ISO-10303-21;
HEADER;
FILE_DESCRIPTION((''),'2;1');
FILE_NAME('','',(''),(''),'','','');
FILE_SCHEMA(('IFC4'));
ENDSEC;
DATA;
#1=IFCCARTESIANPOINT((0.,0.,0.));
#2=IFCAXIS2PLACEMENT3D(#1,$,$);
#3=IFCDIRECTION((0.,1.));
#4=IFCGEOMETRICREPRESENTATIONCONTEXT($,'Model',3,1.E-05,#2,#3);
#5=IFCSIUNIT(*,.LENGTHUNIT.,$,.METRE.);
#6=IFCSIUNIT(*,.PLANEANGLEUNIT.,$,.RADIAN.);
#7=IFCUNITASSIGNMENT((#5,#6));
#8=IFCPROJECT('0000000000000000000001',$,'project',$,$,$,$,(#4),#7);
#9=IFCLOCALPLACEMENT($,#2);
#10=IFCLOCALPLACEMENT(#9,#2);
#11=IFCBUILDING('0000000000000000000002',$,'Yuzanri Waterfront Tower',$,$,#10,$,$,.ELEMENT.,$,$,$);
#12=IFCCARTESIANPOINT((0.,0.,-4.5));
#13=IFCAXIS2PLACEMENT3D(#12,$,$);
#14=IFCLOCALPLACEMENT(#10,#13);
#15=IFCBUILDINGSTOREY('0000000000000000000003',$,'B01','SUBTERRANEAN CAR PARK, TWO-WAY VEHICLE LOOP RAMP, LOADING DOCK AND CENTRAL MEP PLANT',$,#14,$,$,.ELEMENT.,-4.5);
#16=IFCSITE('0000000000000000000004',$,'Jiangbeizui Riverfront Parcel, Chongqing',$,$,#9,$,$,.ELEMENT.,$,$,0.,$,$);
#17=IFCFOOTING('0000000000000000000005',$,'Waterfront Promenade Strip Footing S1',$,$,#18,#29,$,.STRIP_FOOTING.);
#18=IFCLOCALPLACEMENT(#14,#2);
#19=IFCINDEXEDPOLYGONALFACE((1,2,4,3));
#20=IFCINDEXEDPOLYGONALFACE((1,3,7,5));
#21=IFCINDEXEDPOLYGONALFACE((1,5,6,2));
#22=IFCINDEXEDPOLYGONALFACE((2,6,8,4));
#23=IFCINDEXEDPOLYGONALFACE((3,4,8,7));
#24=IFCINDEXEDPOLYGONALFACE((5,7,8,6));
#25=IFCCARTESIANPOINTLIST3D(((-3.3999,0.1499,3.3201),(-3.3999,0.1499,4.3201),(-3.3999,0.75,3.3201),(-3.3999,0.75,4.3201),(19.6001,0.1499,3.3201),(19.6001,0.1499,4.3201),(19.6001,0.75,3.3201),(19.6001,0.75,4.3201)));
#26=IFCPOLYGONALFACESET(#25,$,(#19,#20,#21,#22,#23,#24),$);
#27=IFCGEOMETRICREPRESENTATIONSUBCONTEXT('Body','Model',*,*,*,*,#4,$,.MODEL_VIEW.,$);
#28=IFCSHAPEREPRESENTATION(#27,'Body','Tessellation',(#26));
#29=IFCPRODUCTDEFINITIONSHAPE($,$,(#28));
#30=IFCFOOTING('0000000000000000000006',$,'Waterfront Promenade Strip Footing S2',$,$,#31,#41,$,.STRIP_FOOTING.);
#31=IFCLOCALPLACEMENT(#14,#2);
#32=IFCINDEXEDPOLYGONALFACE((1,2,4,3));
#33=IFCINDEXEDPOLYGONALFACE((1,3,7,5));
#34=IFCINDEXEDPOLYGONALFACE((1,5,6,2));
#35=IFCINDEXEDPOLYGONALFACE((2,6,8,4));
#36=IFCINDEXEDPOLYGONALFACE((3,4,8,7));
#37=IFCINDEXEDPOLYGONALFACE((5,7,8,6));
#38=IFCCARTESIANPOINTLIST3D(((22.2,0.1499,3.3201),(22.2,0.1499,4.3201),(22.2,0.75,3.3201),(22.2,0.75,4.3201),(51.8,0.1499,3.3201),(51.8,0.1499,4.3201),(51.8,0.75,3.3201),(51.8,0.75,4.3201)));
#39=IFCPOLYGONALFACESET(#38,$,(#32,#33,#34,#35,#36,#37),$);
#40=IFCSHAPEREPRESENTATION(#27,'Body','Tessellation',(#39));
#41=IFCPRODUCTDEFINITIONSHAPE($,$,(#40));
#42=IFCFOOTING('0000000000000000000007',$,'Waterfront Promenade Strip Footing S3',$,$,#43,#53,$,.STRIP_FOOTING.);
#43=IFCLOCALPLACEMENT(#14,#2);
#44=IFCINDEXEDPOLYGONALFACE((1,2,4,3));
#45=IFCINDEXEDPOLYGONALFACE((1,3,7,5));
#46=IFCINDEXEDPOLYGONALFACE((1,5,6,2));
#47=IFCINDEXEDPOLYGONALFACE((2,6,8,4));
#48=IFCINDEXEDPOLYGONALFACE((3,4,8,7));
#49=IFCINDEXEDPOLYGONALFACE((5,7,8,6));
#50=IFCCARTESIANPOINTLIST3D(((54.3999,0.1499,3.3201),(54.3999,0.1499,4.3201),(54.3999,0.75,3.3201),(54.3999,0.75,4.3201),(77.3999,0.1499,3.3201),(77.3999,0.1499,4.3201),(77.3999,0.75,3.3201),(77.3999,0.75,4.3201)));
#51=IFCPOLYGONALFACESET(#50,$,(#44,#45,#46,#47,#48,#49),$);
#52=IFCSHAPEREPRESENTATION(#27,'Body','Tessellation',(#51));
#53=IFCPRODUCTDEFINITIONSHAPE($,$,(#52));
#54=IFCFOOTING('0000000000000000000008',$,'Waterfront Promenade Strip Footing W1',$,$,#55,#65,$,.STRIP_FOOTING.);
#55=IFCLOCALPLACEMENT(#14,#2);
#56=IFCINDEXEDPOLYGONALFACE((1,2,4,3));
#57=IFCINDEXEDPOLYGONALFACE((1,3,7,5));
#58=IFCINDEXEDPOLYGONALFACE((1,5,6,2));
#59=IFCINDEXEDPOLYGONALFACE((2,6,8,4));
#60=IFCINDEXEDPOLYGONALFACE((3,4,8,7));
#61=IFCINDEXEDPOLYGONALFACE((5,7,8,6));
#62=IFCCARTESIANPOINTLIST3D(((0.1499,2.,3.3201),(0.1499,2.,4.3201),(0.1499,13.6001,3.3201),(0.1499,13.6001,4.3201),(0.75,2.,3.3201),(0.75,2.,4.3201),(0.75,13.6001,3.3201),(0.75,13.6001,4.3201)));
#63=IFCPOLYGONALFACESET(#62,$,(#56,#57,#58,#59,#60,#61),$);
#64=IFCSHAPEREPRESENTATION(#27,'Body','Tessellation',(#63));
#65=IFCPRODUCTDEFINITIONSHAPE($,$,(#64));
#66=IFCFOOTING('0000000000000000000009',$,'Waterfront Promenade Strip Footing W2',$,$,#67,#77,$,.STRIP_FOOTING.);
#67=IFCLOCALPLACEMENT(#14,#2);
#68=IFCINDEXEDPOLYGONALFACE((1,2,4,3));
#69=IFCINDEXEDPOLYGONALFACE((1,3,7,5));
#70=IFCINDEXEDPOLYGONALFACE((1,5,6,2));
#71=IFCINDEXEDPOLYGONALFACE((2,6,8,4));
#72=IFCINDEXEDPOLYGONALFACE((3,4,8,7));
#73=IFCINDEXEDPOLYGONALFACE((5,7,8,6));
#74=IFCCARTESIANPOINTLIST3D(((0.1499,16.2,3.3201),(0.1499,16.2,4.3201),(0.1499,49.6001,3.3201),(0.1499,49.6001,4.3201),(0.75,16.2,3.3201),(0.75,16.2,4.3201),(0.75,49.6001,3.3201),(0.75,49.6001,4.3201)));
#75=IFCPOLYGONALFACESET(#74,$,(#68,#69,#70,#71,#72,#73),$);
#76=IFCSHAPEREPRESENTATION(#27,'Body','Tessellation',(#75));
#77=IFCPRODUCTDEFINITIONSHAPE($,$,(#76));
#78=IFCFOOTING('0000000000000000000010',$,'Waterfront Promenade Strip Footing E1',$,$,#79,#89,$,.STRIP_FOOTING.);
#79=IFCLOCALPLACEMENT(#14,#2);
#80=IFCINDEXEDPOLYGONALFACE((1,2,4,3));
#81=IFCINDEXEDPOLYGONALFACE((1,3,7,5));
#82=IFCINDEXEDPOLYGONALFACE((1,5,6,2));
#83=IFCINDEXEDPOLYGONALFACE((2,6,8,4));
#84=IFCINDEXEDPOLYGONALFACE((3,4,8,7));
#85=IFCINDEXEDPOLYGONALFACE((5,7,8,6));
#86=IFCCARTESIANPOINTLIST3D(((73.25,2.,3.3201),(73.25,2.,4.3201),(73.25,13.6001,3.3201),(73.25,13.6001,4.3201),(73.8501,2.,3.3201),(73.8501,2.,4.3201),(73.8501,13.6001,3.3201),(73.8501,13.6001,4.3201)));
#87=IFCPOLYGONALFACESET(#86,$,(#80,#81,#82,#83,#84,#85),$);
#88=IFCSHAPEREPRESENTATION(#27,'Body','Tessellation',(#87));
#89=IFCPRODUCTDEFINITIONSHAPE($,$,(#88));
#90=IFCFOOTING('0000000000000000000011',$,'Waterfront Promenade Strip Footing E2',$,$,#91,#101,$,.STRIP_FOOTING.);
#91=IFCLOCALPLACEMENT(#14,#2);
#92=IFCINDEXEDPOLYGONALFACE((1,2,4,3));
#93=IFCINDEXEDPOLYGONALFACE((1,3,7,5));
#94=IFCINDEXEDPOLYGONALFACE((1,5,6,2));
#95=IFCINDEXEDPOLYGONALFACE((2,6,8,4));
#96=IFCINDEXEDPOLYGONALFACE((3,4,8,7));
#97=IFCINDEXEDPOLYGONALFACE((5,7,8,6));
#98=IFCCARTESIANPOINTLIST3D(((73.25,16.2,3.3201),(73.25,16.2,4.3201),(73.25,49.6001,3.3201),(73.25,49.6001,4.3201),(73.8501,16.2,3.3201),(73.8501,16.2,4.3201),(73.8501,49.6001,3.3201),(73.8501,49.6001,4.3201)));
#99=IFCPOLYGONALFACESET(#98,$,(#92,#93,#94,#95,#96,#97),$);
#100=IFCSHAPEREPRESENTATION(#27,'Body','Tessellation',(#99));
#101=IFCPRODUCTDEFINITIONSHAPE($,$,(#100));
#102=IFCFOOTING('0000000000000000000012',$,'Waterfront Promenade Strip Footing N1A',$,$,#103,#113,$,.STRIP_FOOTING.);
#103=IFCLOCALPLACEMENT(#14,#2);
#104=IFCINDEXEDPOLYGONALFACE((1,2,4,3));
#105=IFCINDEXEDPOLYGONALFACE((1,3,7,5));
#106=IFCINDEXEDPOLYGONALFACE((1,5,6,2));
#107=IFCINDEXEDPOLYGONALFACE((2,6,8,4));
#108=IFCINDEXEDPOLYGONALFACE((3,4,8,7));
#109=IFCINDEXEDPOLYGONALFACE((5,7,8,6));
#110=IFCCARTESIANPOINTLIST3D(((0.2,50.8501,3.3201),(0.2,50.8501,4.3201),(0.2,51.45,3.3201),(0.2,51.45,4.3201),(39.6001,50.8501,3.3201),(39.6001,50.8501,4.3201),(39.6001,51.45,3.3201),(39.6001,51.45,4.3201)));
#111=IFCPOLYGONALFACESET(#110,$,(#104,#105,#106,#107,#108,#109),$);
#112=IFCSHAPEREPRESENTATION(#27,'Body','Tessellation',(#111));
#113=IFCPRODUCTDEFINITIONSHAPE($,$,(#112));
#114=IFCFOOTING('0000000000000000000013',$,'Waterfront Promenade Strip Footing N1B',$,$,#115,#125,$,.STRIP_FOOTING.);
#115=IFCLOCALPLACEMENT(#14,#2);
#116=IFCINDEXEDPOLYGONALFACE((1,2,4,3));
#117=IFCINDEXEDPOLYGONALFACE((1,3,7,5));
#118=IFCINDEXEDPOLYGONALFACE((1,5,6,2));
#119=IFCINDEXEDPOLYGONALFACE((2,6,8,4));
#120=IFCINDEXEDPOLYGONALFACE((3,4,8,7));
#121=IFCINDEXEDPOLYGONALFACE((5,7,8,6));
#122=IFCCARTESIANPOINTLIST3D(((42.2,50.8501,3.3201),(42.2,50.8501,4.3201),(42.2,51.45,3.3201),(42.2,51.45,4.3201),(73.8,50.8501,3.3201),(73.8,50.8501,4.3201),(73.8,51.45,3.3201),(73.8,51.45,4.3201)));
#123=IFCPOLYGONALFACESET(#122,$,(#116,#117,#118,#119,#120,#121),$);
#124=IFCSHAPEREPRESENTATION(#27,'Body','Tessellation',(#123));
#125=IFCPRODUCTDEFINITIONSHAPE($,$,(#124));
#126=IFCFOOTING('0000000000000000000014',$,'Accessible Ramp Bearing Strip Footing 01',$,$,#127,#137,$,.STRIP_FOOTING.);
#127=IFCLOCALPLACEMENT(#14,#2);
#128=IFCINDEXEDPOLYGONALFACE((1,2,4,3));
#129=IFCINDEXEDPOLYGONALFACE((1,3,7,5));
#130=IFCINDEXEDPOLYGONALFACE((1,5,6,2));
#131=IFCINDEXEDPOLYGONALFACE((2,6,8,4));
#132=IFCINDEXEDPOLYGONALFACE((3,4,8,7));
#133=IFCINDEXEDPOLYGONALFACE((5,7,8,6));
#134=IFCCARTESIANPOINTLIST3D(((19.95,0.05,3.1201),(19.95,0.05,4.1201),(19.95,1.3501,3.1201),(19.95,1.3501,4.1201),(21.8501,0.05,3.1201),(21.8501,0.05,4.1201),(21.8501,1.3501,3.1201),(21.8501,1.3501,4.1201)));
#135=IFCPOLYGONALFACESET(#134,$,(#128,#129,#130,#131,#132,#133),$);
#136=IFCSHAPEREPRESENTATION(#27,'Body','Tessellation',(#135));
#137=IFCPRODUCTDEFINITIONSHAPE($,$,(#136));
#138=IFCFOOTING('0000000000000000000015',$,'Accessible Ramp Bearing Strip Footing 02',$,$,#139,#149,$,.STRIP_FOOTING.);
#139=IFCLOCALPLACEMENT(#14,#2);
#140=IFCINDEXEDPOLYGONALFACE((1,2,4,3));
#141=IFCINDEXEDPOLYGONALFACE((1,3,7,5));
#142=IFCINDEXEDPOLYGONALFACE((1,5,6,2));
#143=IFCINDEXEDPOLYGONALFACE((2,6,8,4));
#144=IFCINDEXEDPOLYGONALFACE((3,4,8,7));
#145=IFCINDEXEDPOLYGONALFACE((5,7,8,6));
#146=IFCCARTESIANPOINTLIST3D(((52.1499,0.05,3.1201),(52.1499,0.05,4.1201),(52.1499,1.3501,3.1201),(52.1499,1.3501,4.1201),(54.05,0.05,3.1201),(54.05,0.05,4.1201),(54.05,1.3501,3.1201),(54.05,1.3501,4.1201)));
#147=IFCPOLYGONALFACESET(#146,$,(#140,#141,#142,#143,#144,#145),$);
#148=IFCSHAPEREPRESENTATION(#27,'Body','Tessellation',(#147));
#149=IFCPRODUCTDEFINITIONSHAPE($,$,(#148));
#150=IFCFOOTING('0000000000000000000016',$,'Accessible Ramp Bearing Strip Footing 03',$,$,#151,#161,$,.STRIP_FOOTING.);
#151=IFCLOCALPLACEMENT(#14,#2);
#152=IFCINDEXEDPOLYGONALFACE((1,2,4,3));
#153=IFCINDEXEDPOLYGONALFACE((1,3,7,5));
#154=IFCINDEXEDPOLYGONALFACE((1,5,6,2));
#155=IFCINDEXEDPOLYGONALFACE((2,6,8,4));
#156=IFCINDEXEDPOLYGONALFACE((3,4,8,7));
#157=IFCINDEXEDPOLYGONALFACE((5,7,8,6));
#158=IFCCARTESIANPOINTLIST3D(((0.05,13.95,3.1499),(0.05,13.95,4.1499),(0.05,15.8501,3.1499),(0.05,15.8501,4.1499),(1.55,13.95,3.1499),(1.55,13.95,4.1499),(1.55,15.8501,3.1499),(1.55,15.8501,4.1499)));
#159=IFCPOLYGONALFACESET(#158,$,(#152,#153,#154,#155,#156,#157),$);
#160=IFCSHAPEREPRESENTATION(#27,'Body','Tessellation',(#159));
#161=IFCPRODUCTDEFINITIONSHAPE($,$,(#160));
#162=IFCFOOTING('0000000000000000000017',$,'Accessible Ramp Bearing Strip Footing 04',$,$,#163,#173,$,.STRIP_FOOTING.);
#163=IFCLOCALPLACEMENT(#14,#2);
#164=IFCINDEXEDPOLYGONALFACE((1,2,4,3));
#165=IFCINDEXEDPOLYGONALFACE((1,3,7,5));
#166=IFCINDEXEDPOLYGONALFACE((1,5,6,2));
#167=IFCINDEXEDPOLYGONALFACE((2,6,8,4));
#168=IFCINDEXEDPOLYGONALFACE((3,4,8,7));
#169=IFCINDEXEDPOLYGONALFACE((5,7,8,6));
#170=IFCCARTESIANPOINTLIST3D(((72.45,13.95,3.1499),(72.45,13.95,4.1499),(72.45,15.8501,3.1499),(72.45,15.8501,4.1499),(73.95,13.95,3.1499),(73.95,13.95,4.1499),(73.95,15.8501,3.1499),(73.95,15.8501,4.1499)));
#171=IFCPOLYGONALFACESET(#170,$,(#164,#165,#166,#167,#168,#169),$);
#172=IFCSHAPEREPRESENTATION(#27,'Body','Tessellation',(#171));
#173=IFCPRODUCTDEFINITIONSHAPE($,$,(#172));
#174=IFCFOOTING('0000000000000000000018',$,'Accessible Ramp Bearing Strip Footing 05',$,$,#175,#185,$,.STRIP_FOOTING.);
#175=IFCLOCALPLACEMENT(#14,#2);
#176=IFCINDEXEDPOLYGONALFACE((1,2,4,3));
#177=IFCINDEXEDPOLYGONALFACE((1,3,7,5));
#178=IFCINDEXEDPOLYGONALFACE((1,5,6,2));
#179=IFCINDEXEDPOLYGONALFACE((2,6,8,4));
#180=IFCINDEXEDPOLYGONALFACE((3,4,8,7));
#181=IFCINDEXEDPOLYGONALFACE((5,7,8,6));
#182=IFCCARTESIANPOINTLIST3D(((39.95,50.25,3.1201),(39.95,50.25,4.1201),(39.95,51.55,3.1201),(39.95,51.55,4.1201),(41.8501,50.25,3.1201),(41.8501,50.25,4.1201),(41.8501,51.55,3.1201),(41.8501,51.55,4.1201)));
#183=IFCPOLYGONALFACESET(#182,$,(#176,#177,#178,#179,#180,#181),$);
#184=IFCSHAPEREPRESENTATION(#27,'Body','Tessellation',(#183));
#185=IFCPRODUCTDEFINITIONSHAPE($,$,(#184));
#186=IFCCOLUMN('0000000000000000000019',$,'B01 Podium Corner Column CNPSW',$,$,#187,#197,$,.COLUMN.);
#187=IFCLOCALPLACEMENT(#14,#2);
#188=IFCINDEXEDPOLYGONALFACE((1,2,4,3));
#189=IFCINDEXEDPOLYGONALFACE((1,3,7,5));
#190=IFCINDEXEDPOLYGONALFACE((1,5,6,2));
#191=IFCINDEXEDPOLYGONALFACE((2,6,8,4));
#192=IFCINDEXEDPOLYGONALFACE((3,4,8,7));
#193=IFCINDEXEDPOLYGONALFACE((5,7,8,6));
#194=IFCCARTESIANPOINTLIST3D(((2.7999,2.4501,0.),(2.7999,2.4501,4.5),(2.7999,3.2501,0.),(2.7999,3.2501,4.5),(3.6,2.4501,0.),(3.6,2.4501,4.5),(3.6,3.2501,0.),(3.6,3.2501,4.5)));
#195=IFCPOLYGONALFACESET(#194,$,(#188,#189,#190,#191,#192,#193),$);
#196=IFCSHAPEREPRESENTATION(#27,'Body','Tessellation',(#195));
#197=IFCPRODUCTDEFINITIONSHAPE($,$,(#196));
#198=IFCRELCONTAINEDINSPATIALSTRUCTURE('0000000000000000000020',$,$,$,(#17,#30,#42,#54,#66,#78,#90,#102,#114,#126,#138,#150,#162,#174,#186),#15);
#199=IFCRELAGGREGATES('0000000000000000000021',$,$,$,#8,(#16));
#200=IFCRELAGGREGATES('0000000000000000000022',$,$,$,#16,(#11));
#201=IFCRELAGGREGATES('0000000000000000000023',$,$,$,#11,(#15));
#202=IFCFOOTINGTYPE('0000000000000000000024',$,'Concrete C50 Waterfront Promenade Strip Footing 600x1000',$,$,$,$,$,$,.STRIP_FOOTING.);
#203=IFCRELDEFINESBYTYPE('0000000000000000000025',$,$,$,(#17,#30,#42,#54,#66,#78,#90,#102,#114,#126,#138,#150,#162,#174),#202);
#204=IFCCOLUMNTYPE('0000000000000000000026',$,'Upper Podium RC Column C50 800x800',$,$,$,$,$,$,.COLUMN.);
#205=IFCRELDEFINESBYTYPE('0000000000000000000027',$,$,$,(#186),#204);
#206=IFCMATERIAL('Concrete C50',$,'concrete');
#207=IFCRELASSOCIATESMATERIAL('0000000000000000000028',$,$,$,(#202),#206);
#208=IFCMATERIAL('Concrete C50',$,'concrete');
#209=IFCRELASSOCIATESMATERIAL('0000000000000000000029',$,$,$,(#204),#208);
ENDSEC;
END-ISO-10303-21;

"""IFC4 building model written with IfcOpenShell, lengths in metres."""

from ifc_helpers import new_model, si_unit, direction, frame, origin, origin_2d, place, context, subcontext, project, spatial, polyline, rectangle, outline, extrude, source, transform, mapped, material, material_profile, profile_set, type_object, element, save


model = new_model("IFC4")

# Units and contexts
model_context = context("Model", 3, precision=1e-05, world=origin(), true_north=direction((0.0, 1.0)))
body_context = subcontext(model_context, "Body", "Model", "MODEL_VIEW")
ifc_project = project(units=[si_unit("LENGTHUNIT", "METRE"), si_unit("PLANEANGLEUNIT", "RADIAN")], contexts=[model_context])

# Site, building, storey
site_placement = place(None, origin())
site = spatial("IfcSite", under=ifc_project, at=site_placement, Name="Jiangbeizui Riverfront Parcel, Chongqing", CompositionType="ELEMENT", RefElevation=0.0)
building_placement = place(site_placement, origin())
building = spatial("IfcBuilding", under=site, at=building_placement, Name="Yuzanri Waterfront Tower", CompositionType="ELEMENT")
storey_placement = place(building_placement, frame((0.0, 0.0, -4.5)))
storey = spatial("IfcBuildingStorey", under=building, at=storey_placement, Name="B01", Description="SUBTERRANEAN CAR PARK, TWO-WAY VEHICLE LOOP RAMP, LOADING DOCK AND CENTRAL MEP PLANT", CompositionType="ELEMENT", Elevation=-4.5)

# Footings
ifc_material_1 = material(Name="Concrete C50", Category="concrete")
footing_type = type_object("IfcFootingType", Name="Concrete C50 Waterfront Promenade Strip Footing 600x1000", PredefinedType="STRIP_FOOTING", material=ifc_material_1)
footing_1_placement = place(storey_placement, frame((0.0, 0.0, 3.3201)))
element("IfcFooting", 1, at=footing_1_placement, inside=storey, type_object=footing_type, Name="Waterfront Promenade Strip Footing S1", PredefinedType="STRIP_FOOTING", context=body_context, shape_type="SweptSolid", body=[
    extrude(outline(polyline([(-3.3999, 0.1499), (19.6001, 0.1499), (19.6001, 0.75), (-3.3999, 0.75), (-3.3999, 0.1499)])), origin(), (0.0, 0.0, 1.0), 1.0),
])
footing_2_placement = place(storey_placement, frame((0.0, 0.0, 3.3201)))
element("IfcFooting", 2, at=footing_2_placement, inside=storey, type_object=footing_type, Name="Waterfront Promenade Strip Footing S2", PredefinedType="STRIP_FOOTING", context=body_context, shape_type="SweptSolid", body=[
    extrude(outline(polyline([(22.2, 0.1499), (51.8, 0.1499), (51.8, 0.75), (22.2, 0.75), (22.2, 0.1499)])), origin(), (0.0, 0.0, 1.0), 1.0),
])
footing_3_placement = place(storey_placement, frame((0.0, 0.0, 3.3201)))
element("IfcFooting", 3, at=footing_3_placement, inside=storey, type_object=footing_type, Name="Waterfront Promenade Strip Footing S3", PredefinedType="STRIP_FOOTING", context=body_context, shape_type="SweptSolid", body=[
    extrude(outline(polyline([(54.3999, 0.1499), (77.3999, 0.1499), (77.3999, 0.75), (54.3999, 0.75), (54.3999, 0.1499)])), origin(), (0.0, 0.0, 1.0), 1.0),
])
footing_4_placement = place(storey_placement, frame((0.0, 0.0, 3.3201)))
element("IfcFooting", 4, at=footing_4_placement, inside=storey, type_object=footing_type, Name="Waterfront Promenade Strip Footing W1", PredefinedType="STRIP_FOOTING", context=body_context, shape_type="SweptSolid", body=[
    extrude(outline(polyline([(0.1499, 2.0), (0.75, 2.0), (0.75, 13.6001), (0.1499, 13.6001), (0.1499, 2.0)])), origin(), (0.0, 0.0, 1.0), 1.0),
])
footing_5_placement = place(storey_placement, frame((0.0, 0.0, 3.3201)))
element("IfcFooting", 5, at=footing_5_placement, inside=storey, type_object=footing_type, Name="Waterfront Promenade Strip Footing W2", PredefinedType="STRIP_FOOTING", context=body_context, shape_type="SweptSolid", body=[
    extrude(outline(polyline([(0.1499, 16.2), (0.75, 16.2), (0.75, 49.6001), (0.1499, 49.6001), (0.1499, 16.2)])), origin(), (0.0, 0.0, 1.0), 1.0),
])
footing_6_placement = place(storey_placement, frame((0.0, 0.0, 3.3201)))
element("IfcFooting", 6, at=footing_6_placement, inside=storey, type_object=footing_type, Name="Waterfront Promenade Strip Footing E1", PredefinedType="STRIP_FOOTING", context=body_context, shape_type="SweptSolid", body=[
    extrude(outline(polyline([(73.25, 2.0), (73.8501, 2.0), (73.8501, 13.6001), (73.25, 13.6001), (73.25, 2.0)])), origin(), (0.0, 0.0, 1.0), 1.0),
])
footing_7_placement = place(storey_placement, frame((0.0, 0.0, 3.3201)))
element("IfcFooting", 7, at=footing_7_placement, inside=storey, type_object=footing_type, Name="Waterfront Promenade Strip Footing E2", PredefinedType="STRIP_FOOTING", context=body_context, shape_type="SweptSolid", body=[
    extrude(outline(polyline([(73.25, 16.2), (73.8501, 16.2), (73.8501, 49.6001), (73.25, 49.6001), (73.25, 16.2)])), origin(), (0.0, 0.0, 1.0), 1.0),
])
footing_8_placement = place(storey_placement, frame((0.0, 0.0, 3.3201)))
element("IfcFooting", 8, at=footing_8_placement, inside=storey, type_object=footing_type, Name="Waterfront Promenade Strip Footing N1A", PredefinedType="STRIP_FOOTING", context=body_context, shape_type="SweptSolid", body=[
    extrude(outline(polyline([(0.2, 50.8501), (39.6001, 50.8501), (39.6001, 51.45), (0.2, 51.45), (0.2, 50.8501)])), origin(), (0.0, 0.0, 1.0), 1.0),
])
footing_9_placement = place(storey_placement, frame((0.0, 0.0, 3.3201)))
element("IfcFooting", 9, at=footing_9_placement, inside=storey, type_object=footing_type, Name="Waterfront Promenade Strip Footing N1B", PredefinedType="STRIP_FOOTING", context=body_context, shape_type="SweptSolid", body=[
    extrude(outline(polyline([(42.2, 50.8501), (73.8, 50.8501), (73.8, 51.45), (42.2, 51.45), (42.2, 50.8501)])), origin(), (0.0, 0.0, 1.0), 1.0),
])
footing_10_placement = place(storey_placement, frame((0.0, 0.0, 3.1201)))
element("IfcFooting", 10, at=footing_10_placement, inside=storey, type_object=footing_type, Name="Accessible Ramp Bearing Strip Footing 01", PredefinedType="STRIP_FOOTING", context=body_context, shape_type="SweptSolid", body=[
    extrude(outline(polyline([(19.95, 0.05), (21.8501, 0.05), (21.8501, 1.3501), (19.95, 1.3501), (19.95, 0.05)])), origin(), (0.0, 0.0, 1.0), 1.0),
])
footing_11_placement = place(storey_placement, frame((0.0, 0.0, 3.1201)))
element("IfcFooting", 11, at=footing_11_placement, inside=storey, type_object=footing_type, Name="Accessible Ramp Bearing Strip Footing 02", PredefinedType="STRIP_FOOTING", context=body_context, shape_type="SweptSolid", body=[
    extrude(outline(polyline([(52.1499, 0.05), (54.05, 0.05), (54.05, 1.3501), (52.1499, 1.3501), (52.1499, 0.05)])), origin(), (0.0, 0.0, 1.0), 1.0),
])
footing_12_placement = place(storey_placement, frame((0.0, 0.0, 3.1499)))
element("IfcFooting", 12, at=footing_12_placement, inside=storey, type_object=footing_type, Name="Accessible Ramp Bearing Strip Footing 03", PredefinedType="STRIP_FOOTING", context=body_context, shape_type="SweptSolid", body=[
    extrude(outline(polyline([(0.05, 13.95), (1.55, 13.95), (1.55, 15.8501), (0.05, 15.8501), (0.05, 13.95)])), origin(), (0.0, 0.0, 1.0), 1.0),
])
footing_13_placement = place(storey_placement, frame((0.0, 0.0, 3.1499)))
element("IfcFooting", 13, at=footing_13_placement, inside=storey, type_object=footing_type, Name="Accessible Ramp Bearing Strip Footing 04", PredefinedType="STRIP_FOOTING", context=body_context, shape_type="SweptSolid", body=[
    extrude(outline(polyline([(72.45, 13.95), (73.95, 13.95), (73.95, 15.8501), (72.45, 15.8501), (72.45, 13.95)])), origin(), (0.0, 0.0, 1.0), 1.0),
])
footing_14_placement = place(storey_placement, frame((0.0, 0.0, 3.1201)))
element("IfcFooting", 14, at=footing_14_placement, inside=storey, type_object=footing_type, Name="Accessible Ramp Bearing Strip Footing 05", PredefinedType="STRIP_FOOTING", context=body_context, shape_type="SweptSolid", body=[
    extrude(outline(polyline([(39.95, 50.25), (41.8501, 50.25), (41.8501, 51.55), (39.95, 51.55), (39.95, 50.25)])), origin(), (0.0, 0.0, 1.0), 1.0),
])

# Column
ifc_material_2 = material(Name="Concrete C50", Category="concrete")
ifc_material_profile_1 = material_profile(ifc_material_2, rectangle(XDim=0.8, YDim=0.8, at=origin_2d()), Name="RC 800x800")
ifc_profile_set_1 = profile_set([ifc_material_profile_1], Name="Concrete C50")
column_type_1 = type_object("IfcColumnType", Name="Upper Podium RC Column C50 800x800", PredefinedType="COLUMN", material=ifc_profile_set_1)
shared_shape_1 = source(origin(), body_context, "Body", "SweptSolid", [
    extrude(rectangle(XDim=0.8, YDim=0.8, at=origin_2d()), origin(), (0.0, 0.0, 1.0), 4.5),
])
column_1_placement = place(storey_placement, frame((3.2, 2.8501, 0.0), z_axis=(0.0, 0.0, 1.0), x_axis=(1.0, 0.0, 0.0)))
element("IfcColumn", 15, at=column_1_placement, inside=storey, type_object=column_type_1, Name="B01 Podium Corner Column CNPSW", PredefinedType="COLUMN", context=body_context, shape_type="MappedRepresentation", body=[
    mapped(shared_shape_1, transform((0.0, 0.0, 0.0), scale=1.0)),
])

save(model, "model.ifc")
